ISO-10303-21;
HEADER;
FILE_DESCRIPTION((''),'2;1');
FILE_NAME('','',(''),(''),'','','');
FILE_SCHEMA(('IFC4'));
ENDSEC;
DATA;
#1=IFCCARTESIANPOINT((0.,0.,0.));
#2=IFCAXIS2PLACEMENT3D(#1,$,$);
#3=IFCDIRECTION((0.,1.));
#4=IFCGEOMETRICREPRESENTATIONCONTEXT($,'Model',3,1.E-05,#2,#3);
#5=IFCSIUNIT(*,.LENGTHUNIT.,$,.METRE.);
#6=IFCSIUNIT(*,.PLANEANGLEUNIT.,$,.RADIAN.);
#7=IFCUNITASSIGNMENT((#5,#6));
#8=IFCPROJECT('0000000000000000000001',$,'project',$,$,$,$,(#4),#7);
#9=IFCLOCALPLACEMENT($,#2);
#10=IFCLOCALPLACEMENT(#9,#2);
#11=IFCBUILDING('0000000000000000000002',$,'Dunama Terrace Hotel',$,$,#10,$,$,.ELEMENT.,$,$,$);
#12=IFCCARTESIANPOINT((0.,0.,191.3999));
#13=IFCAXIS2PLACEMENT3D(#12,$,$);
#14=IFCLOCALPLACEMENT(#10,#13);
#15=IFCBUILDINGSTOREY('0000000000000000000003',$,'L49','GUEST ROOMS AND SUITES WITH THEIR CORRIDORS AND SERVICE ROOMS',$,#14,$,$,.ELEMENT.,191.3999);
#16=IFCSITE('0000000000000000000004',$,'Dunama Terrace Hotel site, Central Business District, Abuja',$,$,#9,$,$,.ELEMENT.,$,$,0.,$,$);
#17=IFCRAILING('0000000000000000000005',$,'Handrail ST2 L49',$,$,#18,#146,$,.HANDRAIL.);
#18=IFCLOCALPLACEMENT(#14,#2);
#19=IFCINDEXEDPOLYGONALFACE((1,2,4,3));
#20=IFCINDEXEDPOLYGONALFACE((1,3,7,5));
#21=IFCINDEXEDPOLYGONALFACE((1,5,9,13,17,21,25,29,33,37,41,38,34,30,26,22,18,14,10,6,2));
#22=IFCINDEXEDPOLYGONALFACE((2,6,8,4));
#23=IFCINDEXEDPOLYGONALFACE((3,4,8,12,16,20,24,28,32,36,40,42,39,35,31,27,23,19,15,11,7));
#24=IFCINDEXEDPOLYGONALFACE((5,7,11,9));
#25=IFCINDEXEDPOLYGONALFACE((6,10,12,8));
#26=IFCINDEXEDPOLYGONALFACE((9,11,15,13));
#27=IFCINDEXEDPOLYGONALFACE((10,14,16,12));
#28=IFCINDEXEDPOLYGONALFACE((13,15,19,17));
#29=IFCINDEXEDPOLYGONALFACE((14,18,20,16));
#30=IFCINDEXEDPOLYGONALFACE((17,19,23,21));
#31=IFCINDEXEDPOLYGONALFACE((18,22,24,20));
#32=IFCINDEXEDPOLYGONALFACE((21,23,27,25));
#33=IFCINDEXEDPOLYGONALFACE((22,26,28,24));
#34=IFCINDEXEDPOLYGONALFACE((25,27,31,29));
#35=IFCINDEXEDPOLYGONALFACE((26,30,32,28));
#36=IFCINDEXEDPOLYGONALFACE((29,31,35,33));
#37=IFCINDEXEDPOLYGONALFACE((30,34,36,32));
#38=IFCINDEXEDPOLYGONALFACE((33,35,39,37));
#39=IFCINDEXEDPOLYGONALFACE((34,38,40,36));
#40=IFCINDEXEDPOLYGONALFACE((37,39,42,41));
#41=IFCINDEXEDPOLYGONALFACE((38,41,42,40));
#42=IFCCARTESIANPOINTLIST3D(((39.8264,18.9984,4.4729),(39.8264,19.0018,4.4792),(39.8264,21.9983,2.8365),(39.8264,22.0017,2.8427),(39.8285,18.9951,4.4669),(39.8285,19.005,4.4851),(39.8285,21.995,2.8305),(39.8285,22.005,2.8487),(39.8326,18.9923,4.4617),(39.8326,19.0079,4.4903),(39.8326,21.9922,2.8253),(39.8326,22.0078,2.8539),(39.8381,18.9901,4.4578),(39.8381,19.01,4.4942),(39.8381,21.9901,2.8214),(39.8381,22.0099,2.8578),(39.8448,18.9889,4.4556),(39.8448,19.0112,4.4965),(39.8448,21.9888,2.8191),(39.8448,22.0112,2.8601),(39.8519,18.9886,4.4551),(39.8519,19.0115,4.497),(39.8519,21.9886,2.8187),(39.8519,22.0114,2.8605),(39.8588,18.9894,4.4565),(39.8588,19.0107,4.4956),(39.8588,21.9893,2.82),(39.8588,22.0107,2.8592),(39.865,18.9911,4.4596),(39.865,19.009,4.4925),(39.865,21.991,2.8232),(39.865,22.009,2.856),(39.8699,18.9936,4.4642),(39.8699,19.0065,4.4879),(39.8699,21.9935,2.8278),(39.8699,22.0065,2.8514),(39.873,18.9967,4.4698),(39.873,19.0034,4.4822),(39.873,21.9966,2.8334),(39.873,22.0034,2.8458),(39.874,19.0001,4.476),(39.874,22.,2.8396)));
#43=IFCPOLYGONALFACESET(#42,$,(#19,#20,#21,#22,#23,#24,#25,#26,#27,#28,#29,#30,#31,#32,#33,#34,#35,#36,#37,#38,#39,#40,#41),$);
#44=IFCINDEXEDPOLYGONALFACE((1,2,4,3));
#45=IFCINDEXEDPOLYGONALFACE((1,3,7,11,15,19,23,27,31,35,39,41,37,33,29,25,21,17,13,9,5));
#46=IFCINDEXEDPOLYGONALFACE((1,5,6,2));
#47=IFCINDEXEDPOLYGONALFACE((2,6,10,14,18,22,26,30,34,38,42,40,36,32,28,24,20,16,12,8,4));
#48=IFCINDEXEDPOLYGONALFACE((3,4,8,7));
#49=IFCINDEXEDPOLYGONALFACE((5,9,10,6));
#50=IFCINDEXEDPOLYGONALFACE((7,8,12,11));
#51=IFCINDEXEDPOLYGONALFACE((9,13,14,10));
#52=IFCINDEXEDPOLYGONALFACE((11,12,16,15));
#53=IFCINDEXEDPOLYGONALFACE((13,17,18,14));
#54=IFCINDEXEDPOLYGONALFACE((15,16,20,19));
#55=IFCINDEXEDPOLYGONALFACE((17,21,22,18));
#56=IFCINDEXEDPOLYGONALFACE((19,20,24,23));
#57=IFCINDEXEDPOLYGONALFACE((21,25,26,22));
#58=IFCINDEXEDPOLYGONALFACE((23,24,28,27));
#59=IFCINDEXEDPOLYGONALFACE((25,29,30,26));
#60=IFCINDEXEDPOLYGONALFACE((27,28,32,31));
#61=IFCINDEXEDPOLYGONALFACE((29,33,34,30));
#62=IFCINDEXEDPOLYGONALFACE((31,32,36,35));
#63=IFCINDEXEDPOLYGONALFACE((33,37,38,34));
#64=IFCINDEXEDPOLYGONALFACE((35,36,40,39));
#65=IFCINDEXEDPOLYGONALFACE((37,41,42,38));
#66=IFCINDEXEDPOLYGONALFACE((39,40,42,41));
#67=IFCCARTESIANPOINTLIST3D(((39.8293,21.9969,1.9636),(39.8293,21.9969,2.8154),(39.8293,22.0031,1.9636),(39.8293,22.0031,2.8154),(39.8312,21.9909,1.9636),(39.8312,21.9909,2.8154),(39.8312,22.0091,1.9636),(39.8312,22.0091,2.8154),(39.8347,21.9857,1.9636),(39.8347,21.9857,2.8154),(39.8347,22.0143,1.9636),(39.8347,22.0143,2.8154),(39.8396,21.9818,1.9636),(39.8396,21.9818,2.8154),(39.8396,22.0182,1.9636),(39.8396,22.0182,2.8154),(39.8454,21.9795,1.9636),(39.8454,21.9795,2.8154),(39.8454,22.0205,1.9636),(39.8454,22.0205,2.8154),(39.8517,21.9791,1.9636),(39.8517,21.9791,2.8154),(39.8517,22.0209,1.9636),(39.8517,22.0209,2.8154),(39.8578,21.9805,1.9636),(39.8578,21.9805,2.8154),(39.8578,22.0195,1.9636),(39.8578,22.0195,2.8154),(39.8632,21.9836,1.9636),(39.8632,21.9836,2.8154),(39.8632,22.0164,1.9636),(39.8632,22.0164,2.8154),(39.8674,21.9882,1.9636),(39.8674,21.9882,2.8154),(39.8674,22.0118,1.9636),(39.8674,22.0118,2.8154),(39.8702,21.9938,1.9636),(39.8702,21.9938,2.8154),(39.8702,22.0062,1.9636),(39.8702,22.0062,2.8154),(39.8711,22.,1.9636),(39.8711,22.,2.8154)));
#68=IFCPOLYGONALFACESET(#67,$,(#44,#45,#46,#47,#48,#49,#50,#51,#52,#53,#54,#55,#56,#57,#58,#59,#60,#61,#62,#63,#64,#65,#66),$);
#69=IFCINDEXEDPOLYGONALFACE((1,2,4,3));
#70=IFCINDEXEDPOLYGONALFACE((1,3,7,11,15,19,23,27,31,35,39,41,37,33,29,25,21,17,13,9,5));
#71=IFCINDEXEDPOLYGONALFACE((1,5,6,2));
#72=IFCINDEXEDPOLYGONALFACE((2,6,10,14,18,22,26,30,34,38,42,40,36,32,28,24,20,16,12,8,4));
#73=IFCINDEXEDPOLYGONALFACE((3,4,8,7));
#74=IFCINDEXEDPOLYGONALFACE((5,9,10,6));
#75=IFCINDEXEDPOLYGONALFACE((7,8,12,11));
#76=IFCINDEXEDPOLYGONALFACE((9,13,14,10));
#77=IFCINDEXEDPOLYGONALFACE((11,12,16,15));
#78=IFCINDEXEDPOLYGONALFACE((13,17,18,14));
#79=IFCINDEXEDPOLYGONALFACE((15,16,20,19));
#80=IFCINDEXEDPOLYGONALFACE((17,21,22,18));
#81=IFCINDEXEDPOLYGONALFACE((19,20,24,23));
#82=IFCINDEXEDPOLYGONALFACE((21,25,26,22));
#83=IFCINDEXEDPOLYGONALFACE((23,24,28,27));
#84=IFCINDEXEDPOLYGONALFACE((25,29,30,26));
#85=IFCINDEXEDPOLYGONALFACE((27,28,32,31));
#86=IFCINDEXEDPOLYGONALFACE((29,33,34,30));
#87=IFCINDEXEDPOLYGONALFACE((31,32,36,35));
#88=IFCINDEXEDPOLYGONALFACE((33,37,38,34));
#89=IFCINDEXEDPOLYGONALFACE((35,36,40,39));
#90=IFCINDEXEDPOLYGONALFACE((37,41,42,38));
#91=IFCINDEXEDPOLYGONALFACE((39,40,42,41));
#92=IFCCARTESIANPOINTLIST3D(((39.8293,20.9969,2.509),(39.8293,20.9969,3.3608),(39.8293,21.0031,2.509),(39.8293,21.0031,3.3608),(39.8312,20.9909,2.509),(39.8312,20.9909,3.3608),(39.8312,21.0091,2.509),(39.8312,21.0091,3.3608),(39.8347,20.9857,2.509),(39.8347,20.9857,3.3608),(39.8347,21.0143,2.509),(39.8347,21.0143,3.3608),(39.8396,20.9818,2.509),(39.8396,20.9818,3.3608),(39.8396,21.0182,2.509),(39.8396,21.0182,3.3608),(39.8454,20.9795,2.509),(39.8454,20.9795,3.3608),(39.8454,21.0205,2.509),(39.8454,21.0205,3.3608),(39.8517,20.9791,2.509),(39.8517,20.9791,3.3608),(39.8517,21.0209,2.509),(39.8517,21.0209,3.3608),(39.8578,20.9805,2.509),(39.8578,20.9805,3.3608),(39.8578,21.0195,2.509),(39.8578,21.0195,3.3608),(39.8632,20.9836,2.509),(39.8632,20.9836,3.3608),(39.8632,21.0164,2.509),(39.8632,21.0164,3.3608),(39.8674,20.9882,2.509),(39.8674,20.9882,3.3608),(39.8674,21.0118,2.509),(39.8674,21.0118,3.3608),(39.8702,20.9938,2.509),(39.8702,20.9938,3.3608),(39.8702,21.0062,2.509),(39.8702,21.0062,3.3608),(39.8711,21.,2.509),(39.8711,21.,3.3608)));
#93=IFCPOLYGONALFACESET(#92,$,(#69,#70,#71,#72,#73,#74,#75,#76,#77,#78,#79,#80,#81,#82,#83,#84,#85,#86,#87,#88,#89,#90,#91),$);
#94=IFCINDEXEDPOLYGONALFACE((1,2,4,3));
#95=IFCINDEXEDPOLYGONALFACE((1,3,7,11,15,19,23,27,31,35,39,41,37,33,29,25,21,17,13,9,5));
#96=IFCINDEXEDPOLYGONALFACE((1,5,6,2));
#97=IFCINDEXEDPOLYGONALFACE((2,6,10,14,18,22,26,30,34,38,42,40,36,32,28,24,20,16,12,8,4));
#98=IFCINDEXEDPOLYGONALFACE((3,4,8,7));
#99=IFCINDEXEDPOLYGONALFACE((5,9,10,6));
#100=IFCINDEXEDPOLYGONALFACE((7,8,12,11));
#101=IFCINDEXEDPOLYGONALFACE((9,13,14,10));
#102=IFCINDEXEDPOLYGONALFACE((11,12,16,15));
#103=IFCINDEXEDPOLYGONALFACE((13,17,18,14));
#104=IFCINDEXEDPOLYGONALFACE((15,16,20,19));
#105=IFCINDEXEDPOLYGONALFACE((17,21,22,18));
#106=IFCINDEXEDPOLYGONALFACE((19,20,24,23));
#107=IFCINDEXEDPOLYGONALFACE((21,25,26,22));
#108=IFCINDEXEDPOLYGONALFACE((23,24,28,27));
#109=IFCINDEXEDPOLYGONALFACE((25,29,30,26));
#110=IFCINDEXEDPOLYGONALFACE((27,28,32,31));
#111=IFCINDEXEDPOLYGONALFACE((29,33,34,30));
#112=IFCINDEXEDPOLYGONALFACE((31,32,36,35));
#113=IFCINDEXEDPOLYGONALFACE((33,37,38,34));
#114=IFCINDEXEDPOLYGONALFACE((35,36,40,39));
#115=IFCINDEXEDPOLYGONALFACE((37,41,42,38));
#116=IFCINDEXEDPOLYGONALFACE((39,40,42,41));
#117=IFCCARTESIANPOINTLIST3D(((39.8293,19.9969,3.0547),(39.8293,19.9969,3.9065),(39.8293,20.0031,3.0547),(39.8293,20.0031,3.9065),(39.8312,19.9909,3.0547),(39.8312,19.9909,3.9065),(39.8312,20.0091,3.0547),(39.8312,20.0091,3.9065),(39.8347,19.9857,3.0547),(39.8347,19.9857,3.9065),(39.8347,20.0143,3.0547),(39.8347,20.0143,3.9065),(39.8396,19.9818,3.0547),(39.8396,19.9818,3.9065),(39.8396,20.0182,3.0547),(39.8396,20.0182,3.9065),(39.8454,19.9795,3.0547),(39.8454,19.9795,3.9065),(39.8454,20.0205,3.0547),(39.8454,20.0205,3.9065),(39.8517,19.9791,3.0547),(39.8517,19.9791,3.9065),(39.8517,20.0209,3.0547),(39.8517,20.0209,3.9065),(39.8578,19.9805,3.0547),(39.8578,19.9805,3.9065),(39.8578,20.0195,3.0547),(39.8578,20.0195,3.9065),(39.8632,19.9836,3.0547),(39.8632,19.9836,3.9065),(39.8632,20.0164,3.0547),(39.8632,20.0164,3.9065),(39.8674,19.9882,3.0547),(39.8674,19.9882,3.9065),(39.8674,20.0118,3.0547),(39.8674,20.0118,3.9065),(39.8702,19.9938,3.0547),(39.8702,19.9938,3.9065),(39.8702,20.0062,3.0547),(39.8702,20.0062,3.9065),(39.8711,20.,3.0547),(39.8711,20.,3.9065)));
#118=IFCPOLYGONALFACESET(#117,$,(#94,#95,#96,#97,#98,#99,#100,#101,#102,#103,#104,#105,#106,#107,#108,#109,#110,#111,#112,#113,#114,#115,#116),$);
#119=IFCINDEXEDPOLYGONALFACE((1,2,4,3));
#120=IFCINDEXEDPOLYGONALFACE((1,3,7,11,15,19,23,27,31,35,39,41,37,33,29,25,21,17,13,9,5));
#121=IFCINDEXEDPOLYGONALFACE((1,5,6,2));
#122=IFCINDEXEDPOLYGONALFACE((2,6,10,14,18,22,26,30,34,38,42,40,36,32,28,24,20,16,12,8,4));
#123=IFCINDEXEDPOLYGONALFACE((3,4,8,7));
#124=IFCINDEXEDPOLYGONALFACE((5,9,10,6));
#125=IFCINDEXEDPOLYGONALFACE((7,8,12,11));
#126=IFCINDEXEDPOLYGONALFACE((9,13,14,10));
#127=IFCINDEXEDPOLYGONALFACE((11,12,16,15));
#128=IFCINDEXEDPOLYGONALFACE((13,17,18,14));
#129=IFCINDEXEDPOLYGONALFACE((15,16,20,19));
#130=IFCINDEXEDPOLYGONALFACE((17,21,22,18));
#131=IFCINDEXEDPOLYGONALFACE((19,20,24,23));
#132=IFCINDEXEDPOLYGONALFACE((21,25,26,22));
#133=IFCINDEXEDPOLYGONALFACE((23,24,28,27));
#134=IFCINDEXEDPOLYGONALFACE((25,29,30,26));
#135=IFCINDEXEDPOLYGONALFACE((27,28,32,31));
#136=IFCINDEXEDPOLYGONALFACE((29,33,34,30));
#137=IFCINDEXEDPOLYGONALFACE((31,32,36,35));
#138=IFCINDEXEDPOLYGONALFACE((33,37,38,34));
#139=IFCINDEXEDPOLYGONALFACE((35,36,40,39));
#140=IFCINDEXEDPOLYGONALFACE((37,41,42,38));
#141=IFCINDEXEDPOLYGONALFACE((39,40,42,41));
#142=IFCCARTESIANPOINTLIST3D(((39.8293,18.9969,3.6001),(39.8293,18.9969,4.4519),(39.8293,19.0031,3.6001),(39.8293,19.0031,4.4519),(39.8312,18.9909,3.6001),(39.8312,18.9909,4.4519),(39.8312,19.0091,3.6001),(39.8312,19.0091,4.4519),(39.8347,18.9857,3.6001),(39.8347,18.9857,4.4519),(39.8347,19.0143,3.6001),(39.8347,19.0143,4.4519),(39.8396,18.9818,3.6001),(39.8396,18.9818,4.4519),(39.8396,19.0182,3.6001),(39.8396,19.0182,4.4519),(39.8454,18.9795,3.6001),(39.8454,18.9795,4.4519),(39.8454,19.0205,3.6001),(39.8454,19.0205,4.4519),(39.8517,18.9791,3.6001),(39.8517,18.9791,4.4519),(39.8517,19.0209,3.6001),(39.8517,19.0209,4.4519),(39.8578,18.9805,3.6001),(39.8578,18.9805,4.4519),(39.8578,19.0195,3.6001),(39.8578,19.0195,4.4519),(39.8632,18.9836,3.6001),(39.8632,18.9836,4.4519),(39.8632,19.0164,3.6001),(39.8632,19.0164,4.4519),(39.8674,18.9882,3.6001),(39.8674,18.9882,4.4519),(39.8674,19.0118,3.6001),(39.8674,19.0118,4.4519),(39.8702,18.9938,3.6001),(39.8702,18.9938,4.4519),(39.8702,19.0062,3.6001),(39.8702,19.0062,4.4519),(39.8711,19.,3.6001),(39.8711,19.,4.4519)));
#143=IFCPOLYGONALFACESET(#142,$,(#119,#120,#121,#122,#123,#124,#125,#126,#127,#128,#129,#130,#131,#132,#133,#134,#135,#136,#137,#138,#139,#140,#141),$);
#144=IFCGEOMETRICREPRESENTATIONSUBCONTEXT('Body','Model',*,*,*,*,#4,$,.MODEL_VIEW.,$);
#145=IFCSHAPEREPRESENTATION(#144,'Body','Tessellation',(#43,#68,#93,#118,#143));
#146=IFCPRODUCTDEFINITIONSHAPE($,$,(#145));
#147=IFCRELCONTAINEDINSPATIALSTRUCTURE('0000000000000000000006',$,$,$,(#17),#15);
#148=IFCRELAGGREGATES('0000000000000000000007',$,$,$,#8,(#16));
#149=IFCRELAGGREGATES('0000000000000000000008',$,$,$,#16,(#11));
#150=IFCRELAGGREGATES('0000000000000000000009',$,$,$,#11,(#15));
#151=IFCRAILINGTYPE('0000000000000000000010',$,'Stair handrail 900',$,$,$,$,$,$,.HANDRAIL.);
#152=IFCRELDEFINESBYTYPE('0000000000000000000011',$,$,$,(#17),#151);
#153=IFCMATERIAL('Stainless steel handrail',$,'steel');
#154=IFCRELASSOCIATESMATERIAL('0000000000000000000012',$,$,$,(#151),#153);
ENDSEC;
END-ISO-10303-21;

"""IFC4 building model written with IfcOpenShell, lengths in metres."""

from ifc_helpers import new_model, si_unit, direction, frame, origin, origin_2d, place, context, subcontext, project, spatial, circle, extrude, material, type_object, element, save


model = new_model("IFC4")

# Units and contexts
model_context = context("Model", 3, precision=1e-05, world=origin(), true_north=direction((0.0, 1.0)))
body_context = subcontext(model_context, "Body", "Model", "MODEL_VIEW")
ifc_project = project(units=[si_unit("LENGTHUNIT", "METRE"), si_unit("PLANEANGLEUNIT", "RADIAN")], contexts=[model_context])

# Site, building, storey
site_placement = place(None, origin())
site = spatial("IfcSite", under=ifc_project, at=site_placement, Name="Dunama Terrace Hotel site, Central Business District, Abuja", CompositionType="ELEMENT", RefElevation=0.0)
building_placement = place(site_placement, origin())
building = spatial("IfcBuilding", under=site, at=building_placement, Name="Dunama Terrace Hotel", CompositionType="ELEMENT")
storey_placement = place(building_placement, frame((0.0, 0.0, 191.3999)))
storey = spatial("IfcBuildingStorey", under=building, at=storey_placement, Name="L49", Description="GUEST ROOMS AND SUITES WITH THEIR CORRIDORS AND SERVICE ROOMS", CompositionType="ELEMENT", Elevation=191.3999)

# Railing
ifc_material_1 = material(Name="Stainless steel handrail", Category="steel")
railing_type = type_object("IfcRailingType", Name="Stair handrail 900", PredefinedType="HANDRAIL", material=ifc_material_1)
railing_1_placement = place(storey_placement, frame((39.8501, 22.0, 1.9636)))
element("IfcRailing", 1, at=railing_1_placement, inside=storey, type_object=railing_type, Name="Handrail ST2 L49", PredefinedType="HANDRAIL", context=body_context, shape_type="SweptSolid", body=[
    extrude(circle(Radius=0.0239, at=origin_2d()), frame((0.0, 0.0, 0.876), z_axis=(0.0, -0.877882, 0.478877), x_axis=(1.0, 0.0, 0.0)), (0.0, 0.0, 1.0), 3.4172),
    extrude(circle(Radius=0.021, at=origin_2d()), origin(), (0.0, 0.0, 1.0), 0.8518),
    extrude(circle(Radius=0.021, at=origin_2d()), frame((0.0, -1.0, 0.5454)), (0.0, 0.0, 1.0), 0.8518),
    extrude(circle(Radius=0.021, at=origin_2d()), frame((0.0, -2.0, 1.0911)), (0.0, 0.0, 1.0), 0.8518),
    extrude(circle(Radius=0.021, at=origin_2d()), frame((0.0, -3.0, 1.6365)), (0.0, 0.0, 1.0), 0.8518),
])

save(model, "model.ifc")
